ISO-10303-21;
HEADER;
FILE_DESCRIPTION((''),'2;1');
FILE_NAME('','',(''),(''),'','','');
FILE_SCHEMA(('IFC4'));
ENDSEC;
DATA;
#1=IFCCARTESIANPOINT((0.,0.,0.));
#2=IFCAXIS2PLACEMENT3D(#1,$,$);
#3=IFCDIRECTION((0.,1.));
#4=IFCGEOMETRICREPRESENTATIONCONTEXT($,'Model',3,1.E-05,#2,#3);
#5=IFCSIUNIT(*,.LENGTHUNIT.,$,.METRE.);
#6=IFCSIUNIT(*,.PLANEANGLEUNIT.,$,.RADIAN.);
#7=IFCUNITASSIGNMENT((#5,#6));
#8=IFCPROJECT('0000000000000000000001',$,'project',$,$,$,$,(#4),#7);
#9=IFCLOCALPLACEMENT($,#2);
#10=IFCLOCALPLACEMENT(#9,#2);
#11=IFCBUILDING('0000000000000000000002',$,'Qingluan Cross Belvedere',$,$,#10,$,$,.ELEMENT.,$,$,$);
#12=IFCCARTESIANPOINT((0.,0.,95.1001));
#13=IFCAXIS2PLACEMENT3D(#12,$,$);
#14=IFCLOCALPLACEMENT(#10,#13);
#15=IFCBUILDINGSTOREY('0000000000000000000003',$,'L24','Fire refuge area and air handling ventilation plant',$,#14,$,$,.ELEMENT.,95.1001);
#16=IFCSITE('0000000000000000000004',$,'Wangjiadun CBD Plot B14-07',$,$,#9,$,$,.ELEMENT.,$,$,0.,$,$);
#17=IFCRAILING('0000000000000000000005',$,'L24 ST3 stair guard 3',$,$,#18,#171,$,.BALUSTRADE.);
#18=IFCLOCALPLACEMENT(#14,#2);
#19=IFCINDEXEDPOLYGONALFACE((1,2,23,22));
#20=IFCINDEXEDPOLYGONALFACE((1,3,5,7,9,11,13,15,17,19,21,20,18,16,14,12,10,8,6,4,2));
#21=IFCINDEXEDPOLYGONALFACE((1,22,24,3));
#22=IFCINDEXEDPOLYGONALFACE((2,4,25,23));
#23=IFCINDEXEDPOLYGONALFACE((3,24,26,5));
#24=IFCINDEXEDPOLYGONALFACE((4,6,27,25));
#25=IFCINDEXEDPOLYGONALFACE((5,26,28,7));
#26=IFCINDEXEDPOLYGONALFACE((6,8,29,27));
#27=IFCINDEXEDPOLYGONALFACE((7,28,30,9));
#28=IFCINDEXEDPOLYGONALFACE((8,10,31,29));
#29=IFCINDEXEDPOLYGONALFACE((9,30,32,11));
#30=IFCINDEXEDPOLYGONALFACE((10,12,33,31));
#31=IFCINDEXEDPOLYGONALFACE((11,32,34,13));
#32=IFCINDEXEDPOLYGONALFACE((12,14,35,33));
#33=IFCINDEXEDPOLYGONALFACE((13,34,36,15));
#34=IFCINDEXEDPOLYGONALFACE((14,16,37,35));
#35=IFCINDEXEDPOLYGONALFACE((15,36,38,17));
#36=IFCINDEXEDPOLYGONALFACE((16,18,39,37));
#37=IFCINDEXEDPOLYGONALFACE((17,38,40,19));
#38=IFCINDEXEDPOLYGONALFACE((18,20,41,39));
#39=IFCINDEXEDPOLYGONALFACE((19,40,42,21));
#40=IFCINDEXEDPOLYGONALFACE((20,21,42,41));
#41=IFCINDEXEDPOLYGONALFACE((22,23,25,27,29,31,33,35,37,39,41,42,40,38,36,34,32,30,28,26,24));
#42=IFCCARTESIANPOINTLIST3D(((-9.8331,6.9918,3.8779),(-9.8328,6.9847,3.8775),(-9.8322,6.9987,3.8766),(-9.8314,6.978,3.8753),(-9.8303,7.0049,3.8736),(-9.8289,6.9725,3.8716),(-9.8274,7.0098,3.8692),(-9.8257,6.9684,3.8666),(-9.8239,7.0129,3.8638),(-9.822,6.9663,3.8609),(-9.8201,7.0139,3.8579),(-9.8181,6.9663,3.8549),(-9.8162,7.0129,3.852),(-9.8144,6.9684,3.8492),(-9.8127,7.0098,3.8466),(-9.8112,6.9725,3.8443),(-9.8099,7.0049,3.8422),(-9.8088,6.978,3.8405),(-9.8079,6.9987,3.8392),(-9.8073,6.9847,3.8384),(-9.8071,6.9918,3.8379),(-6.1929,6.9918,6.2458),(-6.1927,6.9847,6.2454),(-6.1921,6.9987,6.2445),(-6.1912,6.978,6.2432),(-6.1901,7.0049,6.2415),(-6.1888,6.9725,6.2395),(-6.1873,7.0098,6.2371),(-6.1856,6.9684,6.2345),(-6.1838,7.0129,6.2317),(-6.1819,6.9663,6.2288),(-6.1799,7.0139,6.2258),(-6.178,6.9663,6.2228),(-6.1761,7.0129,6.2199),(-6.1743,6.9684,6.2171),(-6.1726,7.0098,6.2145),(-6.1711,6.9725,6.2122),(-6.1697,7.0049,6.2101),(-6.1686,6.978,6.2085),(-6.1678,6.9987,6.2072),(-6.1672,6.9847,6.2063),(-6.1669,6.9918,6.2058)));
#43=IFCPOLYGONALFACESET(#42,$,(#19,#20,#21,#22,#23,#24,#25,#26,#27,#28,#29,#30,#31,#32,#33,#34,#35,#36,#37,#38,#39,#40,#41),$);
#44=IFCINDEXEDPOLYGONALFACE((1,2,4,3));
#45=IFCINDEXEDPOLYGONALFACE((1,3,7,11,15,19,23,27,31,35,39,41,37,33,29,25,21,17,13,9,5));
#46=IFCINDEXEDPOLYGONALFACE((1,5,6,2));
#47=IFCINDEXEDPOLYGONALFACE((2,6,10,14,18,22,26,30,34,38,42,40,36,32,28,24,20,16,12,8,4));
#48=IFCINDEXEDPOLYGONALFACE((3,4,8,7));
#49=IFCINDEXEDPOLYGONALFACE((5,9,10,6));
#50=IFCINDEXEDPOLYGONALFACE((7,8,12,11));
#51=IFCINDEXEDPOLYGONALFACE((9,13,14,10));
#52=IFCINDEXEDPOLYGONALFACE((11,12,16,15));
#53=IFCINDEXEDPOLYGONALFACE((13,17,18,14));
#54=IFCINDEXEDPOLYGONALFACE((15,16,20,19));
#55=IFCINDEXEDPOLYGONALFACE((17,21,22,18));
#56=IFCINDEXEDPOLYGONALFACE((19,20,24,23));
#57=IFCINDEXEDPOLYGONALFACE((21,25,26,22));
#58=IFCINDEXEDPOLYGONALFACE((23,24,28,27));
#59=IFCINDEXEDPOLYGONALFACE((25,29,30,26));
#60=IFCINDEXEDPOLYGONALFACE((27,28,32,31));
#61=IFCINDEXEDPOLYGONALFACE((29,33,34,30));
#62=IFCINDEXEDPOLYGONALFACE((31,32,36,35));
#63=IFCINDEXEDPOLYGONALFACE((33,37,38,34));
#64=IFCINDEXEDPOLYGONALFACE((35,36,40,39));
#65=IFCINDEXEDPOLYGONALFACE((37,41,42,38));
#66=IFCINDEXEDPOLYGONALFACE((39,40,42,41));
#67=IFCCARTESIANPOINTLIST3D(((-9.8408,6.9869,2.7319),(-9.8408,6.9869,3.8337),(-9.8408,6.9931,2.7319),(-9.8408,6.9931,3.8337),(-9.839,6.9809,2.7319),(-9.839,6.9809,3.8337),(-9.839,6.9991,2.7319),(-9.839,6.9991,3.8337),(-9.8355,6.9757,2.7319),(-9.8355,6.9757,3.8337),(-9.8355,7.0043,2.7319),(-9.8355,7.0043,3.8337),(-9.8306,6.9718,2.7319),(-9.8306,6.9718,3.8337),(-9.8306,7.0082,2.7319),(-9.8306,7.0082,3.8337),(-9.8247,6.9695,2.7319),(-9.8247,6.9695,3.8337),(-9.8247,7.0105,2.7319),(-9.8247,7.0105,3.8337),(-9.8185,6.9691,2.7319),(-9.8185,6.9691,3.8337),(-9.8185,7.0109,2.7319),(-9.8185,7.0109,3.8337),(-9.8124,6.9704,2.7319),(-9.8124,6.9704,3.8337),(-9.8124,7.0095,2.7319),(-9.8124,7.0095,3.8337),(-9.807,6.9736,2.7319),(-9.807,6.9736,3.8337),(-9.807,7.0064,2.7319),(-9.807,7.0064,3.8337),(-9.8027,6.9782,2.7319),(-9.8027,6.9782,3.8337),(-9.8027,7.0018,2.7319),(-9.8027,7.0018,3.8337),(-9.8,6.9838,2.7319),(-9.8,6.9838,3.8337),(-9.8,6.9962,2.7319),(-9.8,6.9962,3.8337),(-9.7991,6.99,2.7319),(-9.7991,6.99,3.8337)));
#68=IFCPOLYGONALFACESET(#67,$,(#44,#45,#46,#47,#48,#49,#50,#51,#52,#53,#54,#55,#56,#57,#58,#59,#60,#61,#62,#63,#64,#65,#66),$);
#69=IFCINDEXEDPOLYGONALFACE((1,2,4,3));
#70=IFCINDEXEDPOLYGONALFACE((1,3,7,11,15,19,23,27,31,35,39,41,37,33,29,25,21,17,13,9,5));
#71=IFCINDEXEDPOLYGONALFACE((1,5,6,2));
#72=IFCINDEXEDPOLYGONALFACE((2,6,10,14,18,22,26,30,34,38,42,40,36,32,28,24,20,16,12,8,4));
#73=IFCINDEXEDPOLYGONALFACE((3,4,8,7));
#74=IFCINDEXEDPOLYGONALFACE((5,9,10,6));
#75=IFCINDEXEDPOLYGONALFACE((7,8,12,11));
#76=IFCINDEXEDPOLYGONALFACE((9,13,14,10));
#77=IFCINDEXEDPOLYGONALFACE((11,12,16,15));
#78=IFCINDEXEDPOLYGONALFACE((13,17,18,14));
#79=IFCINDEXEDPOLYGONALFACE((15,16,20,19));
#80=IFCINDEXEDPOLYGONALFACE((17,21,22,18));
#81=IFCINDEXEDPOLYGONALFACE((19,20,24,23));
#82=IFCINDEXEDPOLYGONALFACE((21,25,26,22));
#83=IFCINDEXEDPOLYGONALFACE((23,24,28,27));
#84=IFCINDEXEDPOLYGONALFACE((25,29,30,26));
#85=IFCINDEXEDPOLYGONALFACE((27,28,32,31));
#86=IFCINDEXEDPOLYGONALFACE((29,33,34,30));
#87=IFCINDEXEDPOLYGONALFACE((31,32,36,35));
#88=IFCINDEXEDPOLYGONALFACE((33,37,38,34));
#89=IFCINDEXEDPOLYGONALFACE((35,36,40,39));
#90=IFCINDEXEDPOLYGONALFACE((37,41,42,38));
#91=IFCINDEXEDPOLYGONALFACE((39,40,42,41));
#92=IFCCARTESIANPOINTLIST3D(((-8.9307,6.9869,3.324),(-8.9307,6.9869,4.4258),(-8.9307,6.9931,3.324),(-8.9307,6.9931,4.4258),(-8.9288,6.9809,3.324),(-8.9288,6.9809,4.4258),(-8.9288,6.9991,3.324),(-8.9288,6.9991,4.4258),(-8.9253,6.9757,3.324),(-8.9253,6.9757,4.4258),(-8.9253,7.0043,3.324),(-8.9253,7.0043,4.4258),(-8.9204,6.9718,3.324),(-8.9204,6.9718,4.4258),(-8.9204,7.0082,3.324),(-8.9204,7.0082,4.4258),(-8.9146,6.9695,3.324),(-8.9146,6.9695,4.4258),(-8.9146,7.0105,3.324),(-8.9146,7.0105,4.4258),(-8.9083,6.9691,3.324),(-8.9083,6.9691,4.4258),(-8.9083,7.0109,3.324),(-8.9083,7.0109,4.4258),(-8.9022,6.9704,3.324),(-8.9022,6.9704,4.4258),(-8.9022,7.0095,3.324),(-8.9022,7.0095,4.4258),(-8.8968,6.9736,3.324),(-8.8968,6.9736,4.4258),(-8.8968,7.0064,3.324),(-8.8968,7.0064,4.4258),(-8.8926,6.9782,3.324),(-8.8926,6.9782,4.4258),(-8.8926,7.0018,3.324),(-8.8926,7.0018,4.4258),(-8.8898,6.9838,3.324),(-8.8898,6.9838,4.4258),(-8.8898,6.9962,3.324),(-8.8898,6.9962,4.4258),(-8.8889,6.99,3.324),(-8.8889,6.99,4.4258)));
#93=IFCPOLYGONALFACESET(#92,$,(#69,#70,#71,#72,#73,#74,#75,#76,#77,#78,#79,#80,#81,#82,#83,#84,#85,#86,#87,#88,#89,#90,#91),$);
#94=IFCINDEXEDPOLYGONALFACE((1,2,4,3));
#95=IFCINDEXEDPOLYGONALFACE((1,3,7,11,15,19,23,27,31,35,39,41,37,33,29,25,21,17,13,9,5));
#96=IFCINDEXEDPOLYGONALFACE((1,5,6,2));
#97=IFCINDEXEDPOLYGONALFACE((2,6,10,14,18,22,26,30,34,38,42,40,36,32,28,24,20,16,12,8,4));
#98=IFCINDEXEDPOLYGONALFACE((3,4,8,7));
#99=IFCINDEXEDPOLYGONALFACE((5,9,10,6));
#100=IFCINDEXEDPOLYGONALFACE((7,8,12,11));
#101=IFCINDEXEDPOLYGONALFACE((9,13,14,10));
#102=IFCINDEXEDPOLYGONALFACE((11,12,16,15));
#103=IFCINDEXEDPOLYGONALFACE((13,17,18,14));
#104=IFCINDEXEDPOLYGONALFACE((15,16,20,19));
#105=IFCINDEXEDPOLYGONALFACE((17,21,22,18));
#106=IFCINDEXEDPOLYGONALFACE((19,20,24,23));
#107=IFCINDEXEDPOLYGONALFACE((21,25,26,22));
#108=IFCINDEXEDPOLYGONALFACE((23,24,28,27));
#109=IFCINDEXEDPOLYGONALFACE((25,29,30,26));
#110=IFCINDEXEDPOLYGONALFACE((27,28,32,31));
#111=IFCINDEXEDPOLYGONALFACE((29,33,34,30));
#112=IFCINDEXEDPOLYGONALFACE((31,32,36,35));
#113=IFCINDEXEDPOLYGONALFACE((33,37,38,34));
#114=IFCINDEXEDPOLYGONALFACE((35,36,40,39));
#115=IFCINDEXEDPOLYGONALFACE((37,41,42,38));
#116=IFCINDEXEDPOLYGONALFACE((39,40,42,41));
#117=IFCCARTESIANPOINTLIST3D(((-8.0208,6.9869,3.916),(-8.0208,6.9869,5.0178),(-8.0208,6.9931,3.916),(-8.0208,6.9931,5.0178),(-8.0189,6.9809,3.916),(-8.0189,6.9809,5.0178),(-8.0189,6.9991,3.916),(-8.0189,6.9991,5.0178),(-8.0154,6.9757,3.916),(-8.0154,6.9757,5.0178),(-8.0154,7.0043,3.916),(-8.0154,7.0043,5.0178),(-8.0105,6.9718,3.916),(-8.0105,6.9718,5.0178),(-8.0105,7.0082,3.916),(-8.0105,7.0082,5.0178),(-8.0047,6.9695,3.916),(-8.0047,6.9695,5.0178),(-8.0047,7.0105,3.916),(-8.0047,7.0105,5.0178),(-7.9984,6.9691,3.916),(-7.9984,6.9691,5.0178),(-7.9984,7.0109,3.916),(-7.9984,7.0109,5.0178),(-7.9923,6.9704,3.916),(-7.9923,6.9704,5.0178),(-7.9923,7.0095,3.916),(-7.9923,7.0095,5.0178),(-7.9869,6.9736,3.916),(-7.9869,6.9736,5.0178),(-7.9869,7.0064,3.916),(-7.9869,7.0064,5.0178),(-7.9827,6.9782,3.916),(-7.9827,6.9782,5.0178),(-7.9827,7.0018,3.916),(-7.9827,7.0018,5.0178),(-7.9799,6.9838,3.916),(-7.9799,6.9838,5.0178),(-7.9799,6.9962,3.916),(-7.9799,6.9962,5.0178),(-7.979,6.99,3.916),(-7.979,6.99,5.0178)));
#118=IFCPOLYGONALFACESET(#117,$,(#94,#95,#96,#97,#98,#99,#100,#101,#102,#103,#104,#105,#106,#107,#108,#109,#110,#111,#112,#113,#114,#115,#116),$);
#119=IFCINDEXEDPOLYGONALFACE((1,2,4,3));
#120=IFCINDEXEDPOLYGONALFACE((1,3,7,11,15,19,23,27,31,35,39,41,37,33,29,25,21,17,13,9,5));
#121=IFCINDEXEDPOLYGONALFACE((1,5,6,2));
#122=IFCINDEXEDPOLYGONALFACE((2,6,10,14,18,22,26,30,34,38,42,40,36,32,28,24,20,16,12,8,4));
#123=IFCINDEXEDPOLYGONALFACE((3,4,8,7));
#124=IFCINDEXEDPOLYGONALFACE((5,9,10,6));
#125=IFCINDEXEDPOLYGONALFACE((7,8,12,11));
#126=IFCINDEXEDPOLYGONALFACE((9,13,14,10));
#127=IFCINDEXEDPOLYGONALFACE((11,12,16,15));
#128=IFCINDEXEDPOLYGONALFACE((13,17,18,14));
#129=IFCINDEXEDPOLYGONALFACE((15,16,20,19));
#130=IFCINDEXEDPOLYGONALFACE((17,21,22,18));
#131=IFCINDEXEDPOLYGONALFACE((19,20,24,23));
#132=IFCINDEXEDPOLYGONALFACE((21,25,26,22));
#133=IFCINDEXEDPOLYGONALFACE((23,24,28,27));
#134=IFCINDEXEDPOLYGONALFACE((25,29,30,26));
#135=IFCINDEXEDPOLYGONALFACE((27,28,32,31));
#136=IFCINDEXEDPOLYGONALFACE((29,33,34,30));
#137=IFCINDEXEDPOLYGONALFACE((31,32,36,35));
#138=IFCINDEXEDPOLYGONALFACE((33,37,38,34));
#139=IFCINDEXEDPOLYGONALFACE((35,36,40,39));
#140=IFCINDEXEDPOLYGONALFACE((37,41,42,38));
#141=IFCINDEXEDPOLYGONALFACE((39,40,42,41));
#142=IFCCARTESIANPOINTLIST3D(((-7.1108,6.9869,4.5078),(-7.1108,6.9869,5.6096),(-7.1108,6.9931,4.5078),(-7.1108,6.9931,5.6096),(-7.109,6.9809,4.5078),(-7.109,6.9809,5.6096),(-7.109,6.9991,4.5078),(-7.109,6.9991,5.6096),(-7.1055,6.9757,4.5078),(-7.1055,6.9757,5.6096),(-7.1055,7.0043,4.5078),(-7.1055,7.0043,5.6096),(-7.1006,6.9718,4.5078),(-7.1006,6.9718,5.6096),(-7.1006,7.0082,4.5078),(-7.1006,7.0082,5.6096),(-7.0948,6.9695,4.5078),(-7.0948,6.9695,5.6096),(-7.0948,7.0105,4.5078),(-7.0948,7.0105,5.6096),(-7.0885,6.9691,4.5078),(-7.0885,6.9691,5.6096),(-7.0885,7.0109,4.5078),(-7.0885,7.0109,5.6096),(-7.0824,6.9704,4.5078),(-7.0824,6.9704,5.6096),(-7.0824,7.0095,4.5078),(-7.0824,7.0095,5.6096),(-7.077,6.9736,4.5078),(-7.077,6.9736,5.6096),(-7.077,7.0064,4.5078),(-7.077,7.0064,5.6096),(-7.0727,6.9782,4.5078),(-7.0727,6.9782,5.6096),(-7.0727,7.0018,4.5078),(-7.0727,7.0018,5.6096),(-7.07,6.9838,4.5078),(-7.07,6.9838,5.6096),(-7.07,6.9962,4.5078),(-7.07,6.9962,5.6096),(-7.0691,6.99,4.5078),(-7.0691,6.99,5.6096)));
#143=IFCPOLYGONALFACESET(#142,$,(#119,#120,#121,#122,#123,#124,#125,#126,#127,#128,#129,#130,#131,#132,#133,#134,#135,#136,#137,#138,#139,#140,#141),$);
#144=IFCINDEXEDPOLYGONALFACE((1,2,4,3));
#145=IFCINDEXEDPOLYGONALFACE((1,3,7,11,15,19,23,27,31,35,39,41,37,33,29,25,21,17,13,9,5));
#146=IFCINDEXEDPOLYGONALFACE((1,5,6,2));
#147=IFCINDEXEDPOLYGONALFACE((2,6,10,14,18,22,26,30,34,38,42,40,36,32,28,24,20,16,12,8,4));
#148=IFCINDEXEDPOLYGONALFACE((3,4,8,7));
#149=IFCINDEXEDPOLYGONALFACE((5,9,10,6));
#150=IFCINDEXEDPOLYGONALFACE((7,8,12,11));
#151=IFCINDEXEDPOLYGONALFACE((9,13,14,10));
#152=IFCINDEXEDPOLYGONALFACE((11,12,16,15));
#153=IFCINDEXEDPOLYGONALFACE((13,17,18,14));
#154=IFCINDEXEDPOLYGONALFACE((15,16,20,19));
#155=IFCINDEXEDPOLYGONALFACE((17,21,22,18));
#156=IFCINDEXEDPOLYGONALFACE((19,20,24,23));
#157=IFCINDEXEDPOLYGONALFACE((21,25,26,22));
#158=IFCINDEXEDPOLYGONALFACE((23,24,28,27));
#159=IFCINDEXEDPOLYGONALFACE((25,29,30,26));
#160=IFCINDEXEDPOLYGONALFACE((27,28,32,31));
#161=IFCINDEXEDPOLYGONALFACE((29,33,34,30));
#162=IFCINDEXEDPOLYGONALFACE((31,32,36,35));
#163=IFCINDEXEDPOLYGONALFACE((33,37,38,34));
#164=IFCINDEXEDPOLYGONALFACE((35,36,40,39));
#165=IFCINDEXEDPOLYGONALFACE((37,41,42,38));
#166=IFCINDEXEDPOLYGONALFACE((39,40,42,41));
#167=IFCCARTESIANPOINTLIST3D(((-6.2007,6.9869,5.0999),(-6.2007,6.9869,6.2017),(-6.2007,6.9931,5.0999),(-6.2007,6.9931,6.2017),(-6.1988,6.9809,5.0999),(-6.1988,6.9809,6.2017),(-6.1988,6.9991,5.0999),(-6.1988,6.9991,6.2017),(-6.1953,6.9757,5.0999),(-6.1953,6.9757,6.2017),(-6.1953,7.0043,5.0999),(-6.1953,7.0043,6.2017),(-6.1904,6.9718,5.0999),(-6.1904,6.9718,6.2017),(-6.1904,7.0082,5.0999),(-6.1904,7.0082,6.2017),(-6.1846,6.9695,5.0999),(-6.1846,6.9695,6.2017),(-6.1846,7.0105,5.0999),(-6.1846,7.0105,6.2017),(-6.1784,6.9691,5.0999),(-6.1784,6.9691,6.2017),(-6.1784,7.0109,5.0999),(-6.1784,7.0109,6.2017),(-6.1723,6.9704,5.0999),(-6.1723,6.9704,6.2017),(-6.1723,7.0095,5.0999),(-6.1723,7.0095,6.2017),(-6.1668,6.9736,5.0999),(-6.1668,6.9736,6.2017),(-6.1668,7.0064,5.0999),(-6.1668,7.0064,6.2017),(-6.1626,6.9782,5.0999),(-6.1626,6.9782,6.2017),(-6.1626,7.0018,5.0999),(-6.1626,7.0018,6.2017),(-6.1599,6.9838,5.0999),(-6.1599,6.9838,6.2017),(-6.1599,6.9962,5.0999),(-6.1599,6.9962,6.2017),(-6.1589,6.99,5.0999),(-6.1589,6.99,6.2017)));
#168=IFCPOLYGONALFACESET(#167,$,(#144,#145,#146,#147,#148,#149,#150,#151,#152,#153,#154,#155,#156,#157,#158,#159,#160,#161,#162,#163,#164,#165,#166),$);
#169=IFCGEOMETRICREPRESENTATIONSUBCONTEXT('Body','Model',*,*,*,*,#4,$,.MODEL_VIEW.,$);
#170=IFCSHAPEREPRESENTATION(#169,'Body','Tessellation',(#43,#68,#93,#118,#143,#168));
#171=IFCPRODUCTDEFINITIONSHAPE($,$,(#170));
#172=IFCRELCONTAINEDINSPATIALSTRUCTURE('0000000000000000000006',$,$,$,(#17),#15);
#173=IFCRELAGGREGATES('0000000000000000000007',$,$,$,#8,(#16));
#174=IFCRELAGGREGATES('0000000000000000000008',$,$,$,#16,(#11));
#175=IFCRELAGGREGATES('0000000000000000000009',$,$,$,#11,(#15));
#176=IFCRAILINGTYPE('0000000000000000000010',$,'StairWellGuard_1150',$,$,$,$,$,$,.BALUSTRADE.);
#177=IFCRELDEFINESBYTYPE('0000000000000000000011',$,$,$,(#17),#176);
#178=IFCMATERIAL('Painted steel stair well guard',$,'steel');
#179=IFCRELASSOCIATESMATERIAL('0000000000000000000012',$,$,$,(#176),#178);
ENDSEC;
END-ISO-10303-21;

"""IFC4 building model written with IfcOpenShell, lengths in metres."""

from ifc_helpers import new_model, si_unit, direction, frame, origin, origin_2d, place, context, subcontext, project, spatial, circle, extrude, material, type_object, element, save


model = new_model("IFC4")

# Units and contexts
model_context = context("Model", 3, precision=1e-05, world=origin(), true_north=direction((0.0, 1.0)))
body_context = subcontext(model_context, "Body", "Model", "MODEL_VIEW")
ifc_project = project(units=[si_unit("LENGTHUNIT", "METRE"), si_unit("PLANEANGLEUNIT", "RADIAN")], contexts=[model_context])

# Site, building, storey
site_placement = place(None, origin())
site = spatial("IfcSite", under=ifc_project, at=site_placement, Name="Wangjiadun CBD Plot B14-07", CompositionType="ELEMENT", RefElevation=0.0)
building_placement = place(site_placement, origin())
building = spatial("IfcBuilding", under=site, at=building_placement, Name="Qingluan Cross Belvedere", CompositionType="ELEMENT")
storey_placement = place(building_placement, frame((0.0, 0.0, 95.1001)))
storey = spatial("IfcBuildingStorey", under=building, at=storey_placement, Name="L24", Description="Fire refuge area and air handling ventilation plant", CompositionType="ELEMENT", Elevation=95.1001)

# Railing
ifc_material_1 = material(Name="Painted steel stair well guard", Category="steel")
railing_type_1 = type_object("IfcRailingType", Name="StairWellGuard_1150", PredefinedType="BALUSTRADE", material=ifc_material_1)
railing_1_placement = place(storey_placement, frame((-9.8201, 6.99, 2.7319)))
element("IfcRailing", 1, at=railing_1_placement, inside=storey, type_object=railing_type_1, Name="L24 ST3 stair guard 3", PredefinedType="BALUSTRADE", context=body_context, shape_type="SweptSolid", body=[
    extrude(circle(Radius=0.0239, at=origin_2d()), frame((0.0, 0.0, 1.126), z_axis=(0.838251, 0.0, 0.545285), x_axis=(0.0, 1.0, 0.0)), (0.0, 0.0, 1.0), 4.3425),
    extrude(circle(Radius=0.021, at=origin_2d()), origin(), (0.0, 0.0, 1.0), 1.1018),
    extrude(circle(Radius=0.021, at=origin_2d()), frame((0.9102, 0.0, 0.592)), (0.0, 0.0, 1.0), 1.1018),
    extrude(circle(Radius=0.021, at=origin_2d()), frame((1.8201, 0.0, 1.1841)), (0.0, 0.0, 1.0), 1.1018),
    extrude(circle(Radius=0.021, at=origin_2d()), frame((2.73, 0.0, 1.7759)), (0.0, 0.0, 1.0), 1.1018),
    extrude(circle(Radius=0.021, at=origin_2d()), frame((3.6401, 0.0, 2.3679)), (0.0, 0.0, 1.0), 1.1018),
])

save(model, "model.ifc")
